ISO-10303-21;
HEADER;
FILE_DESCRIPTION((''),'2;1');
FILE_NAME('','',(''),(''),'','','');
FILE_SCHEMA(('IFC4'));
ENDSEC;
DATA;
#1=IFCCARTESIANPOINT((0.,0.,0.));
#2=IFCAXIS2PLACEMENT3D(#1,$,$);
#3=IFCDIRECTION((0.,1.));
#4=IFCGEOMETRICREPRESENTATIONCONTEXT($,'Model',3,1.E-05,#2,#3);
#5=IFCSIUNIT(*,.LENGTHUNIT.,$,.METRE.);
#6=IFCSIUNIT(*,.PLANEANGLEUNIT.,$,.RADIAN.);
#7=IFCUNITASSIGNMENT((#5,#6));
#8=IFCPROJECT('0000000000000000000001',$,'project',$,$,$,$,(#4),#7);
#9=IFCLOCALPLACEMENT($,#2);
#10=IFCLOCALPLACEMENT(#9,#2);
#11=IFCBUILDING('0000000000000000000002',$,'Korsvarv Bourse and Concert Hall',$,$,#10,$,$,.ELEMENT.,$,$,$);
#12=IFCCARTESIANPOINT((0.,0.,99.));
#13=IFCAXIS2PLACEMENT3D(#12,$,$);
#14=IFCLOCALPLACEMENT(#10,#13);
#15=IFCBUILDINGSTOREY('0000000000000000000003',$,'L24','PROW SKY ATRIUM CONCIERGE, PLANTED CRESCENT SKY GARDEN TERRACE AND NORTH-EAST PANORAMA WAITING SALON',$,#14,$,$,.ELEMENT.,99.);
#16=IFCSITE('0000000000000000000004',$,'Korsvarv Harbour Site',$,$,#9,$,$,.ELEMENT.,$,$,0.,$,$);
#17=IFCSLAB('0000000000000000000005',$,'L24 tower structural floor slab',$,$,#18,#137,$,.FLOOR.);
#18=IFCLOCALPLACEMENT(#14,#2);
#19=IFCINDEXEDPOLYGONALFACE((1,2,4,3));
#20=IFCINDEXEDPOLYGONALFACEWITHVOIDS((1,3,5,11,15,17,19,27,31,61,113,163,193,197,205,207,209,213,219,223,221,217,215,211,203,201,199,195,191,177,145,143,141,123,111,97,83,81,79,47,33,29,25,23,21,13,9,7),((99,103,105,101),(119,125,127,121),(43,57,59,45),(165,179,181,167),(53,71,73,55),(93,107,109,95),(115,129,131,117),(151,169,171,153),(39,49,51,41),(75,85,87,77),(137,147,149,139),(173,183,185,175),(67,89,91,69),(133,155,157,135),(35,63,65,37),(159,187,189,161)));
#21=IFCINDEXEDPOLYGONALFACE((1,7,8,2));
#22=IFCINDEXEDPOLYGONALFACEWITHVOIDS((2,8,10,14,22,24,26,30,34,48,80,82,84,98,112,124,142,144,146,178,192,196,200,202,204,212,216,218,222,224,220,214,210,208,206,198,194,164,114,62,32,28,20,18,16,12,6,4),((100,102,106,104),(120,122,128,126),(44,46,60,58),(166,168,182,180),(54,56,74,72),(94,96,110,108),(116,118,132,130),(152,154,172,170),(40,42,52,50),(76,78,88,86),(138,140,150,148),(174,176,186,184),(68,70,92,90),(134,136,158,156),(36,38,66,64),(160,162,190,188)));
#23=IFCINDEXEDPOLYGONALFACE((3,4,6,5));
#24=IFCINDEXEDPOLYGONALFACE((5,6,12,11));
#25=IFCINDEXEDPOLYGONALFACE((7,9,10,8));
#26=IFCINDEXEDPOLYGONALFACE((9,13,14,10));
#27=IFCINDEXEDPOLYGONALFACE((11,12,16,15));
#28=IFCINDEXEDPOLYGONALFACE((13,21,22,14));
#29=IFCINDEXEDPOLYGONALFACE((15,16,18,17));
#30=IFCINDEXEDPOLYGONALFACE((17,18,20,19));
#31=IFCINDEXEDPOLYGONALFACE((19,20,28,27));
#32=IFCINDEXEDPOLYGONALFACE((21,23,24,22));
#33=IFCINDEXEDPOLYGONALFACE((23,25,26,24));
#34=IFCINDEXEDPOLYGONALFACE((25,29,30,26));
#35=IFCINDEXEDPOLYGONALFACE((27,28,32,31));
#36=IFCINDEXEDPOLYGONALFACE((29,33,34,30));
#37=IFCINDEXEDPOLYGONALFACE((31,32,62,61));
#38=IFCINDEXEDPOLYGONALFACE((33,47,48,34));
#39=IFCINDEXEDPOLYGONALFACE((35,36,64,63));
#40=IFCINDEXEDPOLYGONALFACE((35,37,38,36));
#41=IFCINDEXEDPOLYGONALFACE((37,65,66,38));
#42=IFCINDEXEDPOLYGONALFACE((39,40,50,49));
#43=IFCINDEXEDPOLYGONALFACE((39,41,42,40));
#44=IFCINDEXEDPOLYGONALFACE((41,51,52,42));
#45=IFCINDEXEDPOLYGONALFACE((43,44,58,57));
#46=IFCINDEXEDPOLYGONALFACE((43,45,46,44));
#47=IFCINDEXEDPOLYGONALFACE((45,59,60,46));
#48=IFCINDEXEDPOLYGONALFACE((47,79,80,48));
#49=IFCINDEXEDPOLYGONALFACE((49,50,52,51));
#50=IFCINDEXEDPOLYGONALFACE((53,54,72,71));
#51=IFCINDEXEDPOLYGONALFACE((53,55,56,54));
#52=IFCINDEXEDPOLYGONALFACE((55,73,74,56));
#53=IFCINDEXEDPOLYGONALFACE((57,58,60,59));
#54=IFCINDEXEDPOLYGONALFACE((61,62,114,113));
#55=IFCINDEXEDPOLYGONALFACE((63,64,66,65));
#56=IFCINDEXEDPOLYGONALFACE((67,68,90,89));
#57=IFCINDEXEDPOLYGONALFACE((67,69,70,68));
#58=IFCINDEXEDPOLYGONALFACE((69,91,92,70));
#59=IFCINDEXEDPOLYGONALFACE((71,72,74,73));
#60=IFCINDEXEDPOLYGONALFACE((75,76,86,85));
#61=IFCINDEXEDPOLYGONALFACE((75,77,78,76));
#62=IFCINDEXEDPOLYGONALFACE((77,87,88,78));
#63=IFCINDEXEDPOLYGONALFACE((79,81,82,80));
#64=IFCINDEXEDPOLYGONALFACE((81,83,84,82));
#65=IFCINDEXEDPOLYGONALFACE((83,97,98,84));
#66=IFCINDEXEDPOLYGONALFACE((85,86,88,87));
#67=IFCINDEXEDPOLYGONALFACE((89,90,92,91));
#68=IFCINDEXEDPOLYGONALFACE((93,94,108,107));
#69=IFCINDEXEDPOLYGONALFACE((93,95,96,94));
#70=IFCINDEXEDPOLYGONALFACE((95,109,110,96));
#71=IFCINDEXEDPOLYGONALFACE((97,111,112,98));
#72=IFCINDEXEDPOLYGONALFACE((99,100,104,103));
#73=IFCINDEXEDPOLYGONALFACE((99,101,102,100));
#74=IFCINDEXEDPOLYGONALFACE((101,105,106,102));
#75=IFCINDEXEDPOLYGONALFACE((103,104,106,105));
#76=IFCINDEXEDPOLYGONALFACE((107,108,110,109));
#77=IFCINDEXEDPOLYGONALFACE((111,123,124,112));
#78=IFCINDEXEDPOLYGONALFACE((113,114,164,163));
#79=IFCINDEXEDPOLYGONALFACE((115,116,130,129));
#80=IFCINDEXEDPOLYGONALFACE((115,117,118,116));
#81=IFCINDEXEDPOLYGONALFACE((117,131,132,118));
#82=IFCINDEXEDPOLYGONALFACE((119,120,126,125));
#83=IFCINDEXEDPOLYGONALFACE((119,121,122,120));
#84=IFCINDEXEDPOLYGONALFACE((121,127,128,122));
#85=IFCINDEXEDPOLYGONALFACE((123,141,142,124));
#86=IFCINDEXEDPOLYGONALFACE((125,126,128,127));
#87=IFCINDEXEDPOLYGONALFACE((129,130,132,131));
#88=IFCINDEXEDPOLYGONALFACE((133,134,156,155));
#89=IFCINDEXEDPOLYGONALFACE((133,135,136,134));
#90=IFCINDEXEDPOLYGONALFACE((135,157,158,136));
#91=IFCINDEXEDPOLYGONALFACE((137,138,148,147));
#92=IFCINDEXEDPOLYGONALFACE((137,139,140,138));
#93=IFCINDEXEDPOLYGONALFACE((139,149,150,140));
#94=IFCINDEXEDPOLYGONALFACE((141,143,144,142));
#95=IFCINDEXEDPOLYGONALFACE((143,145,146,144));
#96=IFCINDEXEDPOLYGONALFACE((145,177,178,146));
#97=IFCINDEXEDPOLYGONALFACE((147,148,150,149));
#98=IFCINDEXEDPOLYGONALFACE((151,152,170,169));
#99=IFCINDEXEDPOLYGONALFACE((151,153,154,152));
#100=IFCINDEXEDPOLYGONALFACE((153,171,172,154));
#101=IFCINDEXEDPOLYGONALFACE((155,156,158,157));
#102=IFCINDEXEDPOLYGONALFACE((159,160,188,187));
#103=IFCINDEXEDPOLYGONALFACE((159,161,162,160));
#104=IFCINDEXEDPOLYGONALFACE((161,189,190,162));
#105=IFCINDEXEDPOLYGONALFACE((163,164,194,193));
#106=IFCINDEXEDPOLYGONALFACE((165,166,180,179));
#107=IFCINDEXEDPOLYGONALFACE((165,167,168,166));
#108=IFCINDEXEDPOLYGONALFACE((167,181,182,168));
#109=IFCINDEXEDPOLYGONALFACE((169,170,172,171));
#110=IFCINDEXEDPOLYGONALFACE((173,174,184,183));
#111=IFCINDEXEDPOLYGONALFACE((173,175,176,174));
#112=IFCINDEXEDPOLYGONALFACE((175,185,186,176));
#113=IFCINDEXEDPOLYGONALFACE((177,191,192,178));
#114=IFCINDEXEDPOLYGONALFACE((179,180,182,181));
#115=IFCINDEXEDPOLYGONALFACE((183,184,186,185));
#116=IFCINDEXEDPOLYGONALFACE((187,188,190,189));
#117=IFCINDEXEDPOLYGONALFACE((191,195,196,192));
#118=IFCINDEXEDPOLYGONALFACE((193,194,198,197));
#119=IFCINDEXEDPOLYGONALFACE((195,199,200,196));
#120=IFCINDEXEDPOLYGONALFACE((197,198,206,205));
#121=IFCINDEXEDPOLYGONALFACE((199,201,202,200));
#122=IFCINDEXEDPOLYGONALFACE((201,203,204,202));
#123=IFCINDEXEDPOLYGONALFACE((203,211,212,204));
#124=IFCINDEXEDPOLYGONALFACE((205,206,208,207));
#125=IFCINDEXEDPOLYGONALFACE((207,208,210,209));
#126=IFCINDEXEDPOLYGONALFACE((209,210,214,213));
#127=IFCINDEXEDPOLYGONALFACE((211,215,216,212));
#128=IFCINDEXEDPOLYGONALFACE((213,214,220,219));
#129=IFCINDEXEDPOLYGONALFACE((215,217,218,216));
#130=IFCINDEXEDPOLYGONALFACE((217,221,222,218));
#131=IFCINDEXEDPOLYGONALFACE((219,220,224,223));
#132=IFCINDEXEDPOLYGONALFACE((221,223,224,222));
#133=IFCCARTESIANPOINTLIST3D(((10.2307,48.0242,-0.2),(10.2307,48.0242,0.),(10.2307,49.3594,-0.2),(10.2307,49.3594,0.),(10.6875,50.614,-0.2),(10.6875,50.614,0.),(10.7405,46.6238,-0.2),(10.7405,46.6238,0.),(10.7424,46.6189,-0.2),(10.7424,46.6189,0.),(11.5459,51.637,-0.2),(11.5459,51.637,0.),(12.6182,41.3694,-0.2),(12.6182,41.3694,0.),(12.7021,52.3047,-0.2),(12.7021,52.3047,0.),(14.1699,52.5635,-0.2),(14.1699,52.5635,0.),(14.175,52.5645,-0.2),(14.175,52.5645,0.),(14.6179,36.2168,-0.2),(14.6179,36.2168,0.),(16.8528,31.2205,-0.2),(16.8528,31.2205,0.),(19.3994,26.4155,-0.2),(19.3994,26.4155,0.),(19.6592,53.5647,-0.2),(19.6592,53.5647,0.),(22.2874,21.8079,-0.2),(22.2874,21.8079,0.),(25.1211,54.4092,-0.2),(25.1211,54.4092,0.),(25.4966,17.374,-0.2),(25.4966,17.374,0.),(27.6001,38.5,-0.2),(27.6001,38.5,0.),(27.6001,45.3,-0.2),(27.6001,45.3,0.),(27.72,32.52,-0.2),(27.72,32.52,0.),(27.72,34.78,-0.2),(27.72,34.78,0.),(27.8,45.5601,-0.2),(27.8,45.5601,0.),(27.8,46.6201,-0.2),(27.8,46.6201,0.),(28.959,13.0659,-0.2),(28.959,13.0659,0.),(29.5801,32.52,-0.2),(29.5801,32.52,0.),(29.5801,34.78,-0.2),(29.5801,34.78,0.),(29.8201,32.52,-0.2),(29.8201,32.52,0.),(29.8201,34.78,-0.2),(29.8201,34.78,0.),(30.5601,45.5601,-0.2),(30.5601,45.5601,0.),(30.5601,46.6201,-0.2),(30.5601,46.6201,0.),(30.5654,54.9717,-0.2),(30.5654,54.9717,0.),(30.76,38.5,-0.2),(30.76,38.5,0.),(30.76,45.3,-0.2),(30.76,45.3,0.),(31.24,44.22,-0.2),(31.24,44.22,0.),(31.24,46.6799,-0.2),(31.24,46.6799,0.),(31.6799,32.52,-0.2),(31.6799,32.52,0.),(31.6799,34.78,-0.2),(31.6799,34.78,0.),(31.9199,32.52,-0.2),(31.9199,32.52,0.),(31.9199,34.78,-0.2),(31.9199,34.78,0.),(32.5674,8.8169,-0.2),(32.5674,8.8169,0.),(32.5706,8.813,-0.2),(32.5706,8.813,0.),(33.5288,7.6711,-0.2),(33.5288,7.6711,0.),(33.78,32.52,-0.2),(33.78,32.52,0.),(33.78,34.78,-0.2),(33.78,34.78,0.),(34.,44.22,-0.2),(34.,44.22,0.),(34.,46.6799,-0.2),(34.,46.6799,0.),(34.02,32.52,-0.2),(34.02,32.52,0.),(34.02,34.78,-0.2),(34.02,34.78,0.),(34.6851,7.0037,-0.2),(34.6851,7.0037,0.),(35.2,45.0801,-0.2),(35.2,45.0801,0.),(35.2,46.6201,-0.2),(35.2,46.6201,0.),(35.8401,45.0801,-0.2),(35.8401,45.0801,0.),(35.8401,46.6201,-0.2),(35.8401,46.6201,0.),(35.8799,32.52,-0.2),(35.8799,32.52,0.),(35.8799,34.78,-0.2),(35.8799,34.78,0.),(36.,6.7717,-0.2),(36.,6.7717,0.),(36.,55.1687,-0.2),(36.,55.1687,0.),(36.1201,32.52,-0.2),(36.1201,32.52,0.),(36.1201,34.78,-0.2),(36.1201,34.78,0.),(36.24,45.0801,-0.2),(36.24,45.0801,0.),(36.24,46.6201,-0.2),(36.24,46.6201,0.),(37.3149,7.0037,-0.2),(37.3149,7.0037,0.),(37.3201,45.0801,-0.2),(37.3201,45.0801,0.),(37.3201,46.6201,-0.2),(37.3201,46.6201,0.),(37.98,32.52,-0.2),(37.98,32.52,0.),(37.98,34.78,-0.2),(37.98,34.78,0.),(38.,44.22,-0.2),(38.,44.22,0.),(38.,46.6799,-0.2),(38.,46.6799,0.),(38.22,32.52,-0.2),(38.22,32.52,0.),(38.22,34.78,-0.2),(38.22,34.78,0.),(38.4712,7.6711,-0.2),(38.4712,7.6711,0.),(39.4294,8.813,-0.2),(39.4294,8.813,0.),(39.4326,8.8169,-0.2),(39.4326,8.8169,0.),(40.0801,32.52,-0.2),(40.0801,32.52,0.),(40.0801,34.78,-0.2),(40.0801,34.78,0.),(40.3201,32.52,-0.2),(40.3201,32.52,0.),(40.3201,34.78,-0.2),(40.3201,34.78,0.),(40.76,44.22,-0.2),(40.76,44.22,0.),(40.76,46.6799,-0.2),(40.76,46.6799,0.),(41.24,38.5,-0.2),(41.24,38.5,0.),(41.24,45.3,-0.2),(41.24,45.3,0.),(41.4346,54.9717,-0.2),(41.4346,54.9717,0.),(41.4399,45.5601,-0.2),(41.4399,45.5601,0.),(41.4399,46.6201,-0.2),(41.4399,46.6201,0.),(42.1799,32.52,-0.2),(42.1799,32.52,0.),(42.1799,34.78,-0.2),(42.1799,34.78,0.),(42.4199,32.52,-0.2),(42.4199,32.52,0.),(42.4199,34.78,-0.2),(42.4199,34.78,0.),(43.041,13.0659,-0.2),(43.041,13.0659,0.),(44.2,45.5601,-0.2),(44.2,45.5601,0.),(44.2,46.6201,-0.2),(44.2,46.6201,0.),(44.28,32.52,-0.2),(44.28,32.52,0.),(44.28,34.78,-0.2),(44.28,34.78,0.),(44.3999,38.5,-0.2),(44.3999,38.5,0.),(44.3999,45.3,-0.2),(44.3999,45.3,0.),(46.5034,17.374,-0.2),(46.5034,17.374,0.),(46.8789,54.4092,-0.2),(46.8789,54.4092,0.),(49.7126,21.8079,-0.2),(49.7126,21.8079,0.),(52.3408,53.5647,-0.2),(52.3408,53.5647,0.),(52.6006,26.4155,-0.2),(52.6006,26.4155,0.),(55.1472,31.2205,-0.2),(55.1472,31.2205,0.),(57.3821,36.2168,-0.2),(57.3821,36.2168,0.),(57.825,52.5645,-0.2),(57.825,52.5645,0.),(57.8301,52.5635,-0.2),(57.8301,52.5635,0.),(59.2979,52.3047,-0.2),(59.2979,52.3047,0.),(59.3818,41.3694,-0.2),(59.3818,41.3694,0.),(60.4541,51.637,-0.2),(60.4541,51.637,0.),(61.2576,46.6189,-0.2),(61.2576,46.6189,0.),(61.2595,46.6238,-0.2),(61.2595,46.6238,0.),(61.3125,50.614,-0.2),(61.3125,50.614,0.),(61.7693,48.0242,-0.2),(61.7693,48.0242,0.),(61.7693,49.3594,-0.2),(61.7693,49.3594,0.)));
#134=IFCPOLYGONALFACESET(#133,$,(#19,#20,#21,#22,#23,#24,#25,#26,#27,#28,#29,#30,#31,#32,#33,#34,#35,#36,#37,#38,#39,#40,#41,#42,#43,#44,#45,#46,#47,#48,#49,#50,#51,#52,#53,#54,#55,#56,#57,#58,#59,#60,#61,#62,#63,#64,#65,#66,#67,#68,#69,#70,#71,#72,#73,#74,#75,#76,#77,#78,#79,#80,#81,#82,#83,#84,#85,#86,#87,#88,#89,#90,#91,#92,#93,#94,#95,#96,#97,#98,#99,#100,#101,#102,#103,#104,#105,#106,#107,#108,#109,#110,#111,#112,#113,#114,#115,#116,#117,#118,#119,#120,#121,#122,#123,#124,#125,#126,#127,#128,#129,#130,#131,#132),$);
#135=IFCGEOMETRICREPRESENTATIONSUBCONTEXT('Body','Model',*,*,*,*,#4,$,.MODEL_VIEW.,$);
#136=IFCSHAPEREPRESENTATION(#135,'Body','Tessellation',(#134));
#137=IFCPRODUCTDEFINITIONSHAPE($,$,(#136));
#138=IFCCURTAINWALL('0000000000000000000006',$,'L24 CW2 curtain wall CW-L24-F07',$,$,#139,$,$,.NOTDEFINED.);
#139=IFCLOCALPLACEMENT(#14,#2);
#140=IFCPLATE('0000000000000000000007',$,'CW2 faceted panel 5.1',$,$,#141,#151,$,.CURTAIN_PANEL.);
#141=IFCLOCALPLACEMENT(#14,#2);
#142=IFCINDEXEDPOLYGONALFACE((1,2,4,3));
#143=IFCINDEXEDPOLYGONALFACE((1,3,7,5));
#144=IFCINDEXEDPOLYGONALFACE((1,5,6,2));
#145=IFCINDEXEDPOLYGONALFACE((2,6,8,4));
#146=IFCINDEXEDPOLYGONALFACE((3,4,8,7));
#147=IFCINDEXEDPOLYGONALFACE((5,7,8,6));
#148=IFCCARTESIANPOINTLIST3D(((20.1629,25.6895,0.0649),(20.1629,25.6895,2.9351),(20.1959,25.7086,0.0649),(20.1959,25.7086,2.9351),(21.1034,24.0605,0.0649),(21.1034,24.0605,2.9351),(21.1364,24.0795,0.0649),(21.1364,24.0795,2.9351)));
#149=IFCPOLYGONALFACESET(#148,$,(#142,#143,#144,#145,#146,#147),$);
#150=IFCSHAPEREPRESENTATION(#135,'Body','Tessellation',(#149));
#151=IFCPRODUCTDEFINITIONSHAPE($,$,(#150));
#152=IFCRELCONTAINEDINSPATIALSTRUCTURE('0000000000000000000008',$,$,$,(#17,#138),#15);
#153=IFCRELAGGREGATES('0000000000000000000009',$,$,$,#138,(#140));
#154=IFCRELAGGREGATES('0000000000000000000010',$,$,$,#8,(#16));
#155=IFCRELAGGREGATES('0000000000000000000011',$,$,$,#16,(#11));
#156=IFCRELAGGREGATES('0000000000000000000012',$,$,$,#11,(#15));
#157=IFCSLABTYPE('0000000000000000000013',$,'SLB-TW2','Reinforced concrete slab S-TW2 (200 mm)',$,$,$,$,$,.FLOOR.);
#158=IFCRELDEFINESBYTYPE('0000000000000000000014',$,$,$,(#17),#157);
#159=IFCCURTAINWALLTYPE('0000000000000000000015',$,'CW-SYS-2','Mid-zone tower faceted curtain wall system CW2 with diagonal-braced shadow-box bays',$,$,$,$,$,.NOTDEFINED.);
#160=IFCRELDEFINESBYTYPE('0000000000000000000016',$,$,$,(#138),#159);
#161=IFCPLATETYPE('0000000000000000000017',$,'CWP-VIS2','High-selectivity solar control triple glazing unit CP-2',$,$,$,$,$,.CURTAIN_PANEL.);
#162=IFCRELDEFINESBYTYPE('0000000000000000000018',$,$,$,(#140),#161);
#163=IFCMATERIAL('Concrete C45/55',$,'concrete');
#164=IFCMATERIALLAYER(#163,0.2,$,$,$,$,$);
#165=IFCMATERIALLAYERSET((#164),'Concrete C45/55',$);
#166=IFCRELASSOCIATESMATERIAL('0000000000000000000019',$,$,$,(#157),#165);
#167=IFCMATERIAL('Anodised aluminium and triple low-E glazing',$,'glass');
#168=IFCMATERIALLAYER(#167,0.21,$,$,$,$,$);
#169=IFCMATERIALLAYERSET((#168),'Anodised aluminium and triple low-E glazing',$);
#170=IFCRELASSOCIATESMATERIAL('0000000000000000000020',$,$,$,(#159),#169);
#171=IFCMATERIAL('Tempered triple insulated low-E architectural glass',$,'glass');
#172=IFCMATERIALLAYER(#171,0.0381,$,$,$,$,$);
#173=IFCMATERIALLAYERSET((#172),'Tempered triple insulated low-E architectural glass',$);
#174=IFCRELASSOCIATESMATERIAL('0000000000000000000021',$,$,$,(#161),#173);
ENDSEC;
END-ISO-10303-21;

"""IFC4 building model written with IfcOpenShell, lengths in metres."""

from ifc_helpers import new_model, si_unit, direction, frame, origin, origin_2d, place, context, subcontext, project, spatial, polyline, rectangle, outline, extrude, source, transform, mapped, material, layer, layer_set, type_object, element, aggregate, save


model = new_model("IFC4")

# Units and contexts
model_context = context("Model", 3, precision=1e-05, world=origin(), true_north=direction((0.0, 1.0)))
body_context = subcontext(model_context, "Body", "Model", "MODEL_VIEW")
ifc_project = project(units=[si_unit("LENGTHUNIT", "METRE"), si_unit("PLANEANGLEUNIT", "RADIAN")], contexts=[model_context])

# Site, building, storey
site_placement = place(None, origin())
site = spatial("IfcSite", under=ifc_project, at=site_placement, Name="Korsvarv Harbour Site", CompositionType="ELEMENT", RefElevation=0.0)
building_placement = place(site_placement, origin())
building = spatial("IfcBuilding", under=site, at=building_placement, Name="Korsvarv Bourse and Concert Hall", CompositionType="ELEMENT")
storey_placement = place(building_placement, frame((0.0, 0.0, 99.0)))
storey = spatial("IfcBuildingStorey", under=building, at=storey_placement, Name="L24", Description="PROW SKY ATRIUM CONCIERGE, PLANTED CRESCENT SKY GARDEN TERRACE AND NORTH-EAST PANORAMA WAITING SALON", CompositionType="ELEMENT", Elevation=99.0)

# Shared definitions
ifc_material_1 = material(Name="Concrete C45/55", Category="concrete")

# Slab
ifc_layer_1 = layer(ifc_material_1, 0.2)
ifc_layer_set_1 = layer_set([ifc_layer_1], Name="Concrete C45/55")
slab_type_1 = type_object("IfcSlabType", Name="SLB-TW2", Description="Reinforced concrete slab S-TW2 (200 mm)", PredefinedType="FLOOR", material=ifc_layer_set_1)
slab_1_placement = place(storey_placement, frame((0.0, 0.0, -0.2)))
element("IfcSlab", 1, at=slab_1_placement, inside=storey, type_object=slab_type_1, Name="L24 tower structural floor slab", PredefinedType="FLOOR", context=body_context, shape_type="SweptSolid", body=[
    extrude(outline(polyline([(61.2576, 46.6189), (59.3818, 41.3694), (57.3821, 36.2168), (55.1472, 31.2205), (52.6006, 26.4155), (49.7126, 21.8079), (46.5034, 17.374), (43.041, 13.0659), (39.4326, 8.8169), (39.4294, 8.813), (38.4712, 7.6711), (37.3149, 7.0037), (36.0, 6.7717), (34.6851, 7.0037), (33.5288, 7.6711), (32.5706, 8.813), (32.5674, 8.8169), (28.959, 13.0659), (25.4966, 17.374), (22.2874, 21.8079), (19.3994, 26.4155), (16.8528, 31.2205), (14.6179, 36.2168), (12.6182, 41.3694), (10.7424, 46.6189), (10.7405, 46.6238), (10.2307, 48.0242), (10.2307, 49.3594), (10.6875, 50.614), (11.5459, 51.637), (12.7021, 52.3047), (14.1699, 52.5635), (14.175, 52.5645), (19.6592, 53.5647), (25.1211, 54.4092), (30.5654, 54.9717), (36.0, 55.1687), (41.4346, 54.9717), (46.8789, 54.4092), (52.3408, 53.5647), (57.825, 52.5645), (57.8301, 52.5635), (59.2979, 52.3047), (60.4541, 51.637), (61.3125, 50.614), (61.7693, 49.3594), (61.7693, 48.0242), (61.2595, 46.6238), (61.2576, 46.6189)]), holes=[polyline([(30.76, 38.5), (30.76, 45.3), (27.6001, 45.3), (27.6001, 38.5), (30.76, 38.5)]), polyline([(44.3999, 38.5), (44.3999, 45.3), (41.24, 45.3), (41.24, 38.5), (44.3999, 38.5)]), polyline([(31.24, 44.22), (34.0, 44.22), (34.0, 46.6799), (31.24, 46.6799), (31.24, 44.22)]), polyline([(38.0, 44.22), (40.76, 44.22), (40.76, 46.6799), (38.0, 46.6799), (38.0, 44.22)]), polyline([(27.72, 32.52), (29.5801, 32.52), (29.5801, 34.78), (27.72, 34.78), (27.72, 32.52)]), polyline([(29.8201, 32.52), (31.6799, 32.52), (31.6799, 34.78), (29.8201, 34.78), (29.8201, 32.52)]), polyline([(31.9199, 32.52), (33.78, 32.52), (33.78, 34.78), (31.9199, 34.78), (31.9199, 32.52)]), polyline([(34.02, 32.52), (35.8799, 32.52), (35.8799, 34.78), (34.02, 34.78), (34.02, 32.52)]), polyline([(36.1201, 32.52), (37.98, 32.52), (37.98, 34.78), (36.1201, 34.78), (36.1201, 32.52)]), polyline([(38.22, 32.52), (40.0801, 32.52), (40.0801, 34.78), (38.22, 34.78), (38.22, 32.52)]), polyline([(40.3201, 32.52), (42.1799, 32.52), (42.1799, 34.78), (40.3201, 34.78), (40.3201, 32.52)]), polyline([(42.4199, 32.52), (44.28, 32.52), (44.28, 34.78), (42.4199, 34.78), (42.4199, 32.52)]), polyline([(27.8, 45.5601), (30.5601, 45.5601), (30.5601, 46.6201), (27.8, 46.6201), (27.8, 45.5601)]), polyline([(41.4399, 45.5601), (44.2, 45.5601), (44.2, 46.6201), (41.4399, 46.6201), (41.4399, 45.5601)]), polyline([(35.2, 45.0801), (35.8401, 45.0801), (35.8401, 46.6201), (35.2, 46.6201), (35.2, 45.0801)]), polyline([(36.24, 45.0801), (37.3201, 45.0801), (37.3201, 46.6201), (36.24, 46.6201), (36.24, 45.0801)])]), origin(), (0.0, 0.0, 1.0), 0.2),
])

# Curtain wall, plate
ifc_material_2 = material(Name="Anodised aluminium and triple low-E glazing", Category="glass")
ifc_layer_2 = layer(ifc_material_2, 0.21)
ifc_layer_set_2 = layer_set([ifc_layer_2], Name="Anodised aluminium and triple low-E glazing")
curtain_wall_type = type_object("IfcCurtainWallType", Name="CW-SYS-2", Description="Mid-zone tower faceted curtain wall system CW2 with diagonal-braced shadow-box bays", PredefinedType="NOTDEFINED", material=ifc_layer_set_2)
curtain_wall_placement = place(storey_placement, origin())
curtain_wall = element("IfcCurtainWall", 2, at=curtain_wall_placement, inside=storey, type_object=curtain_wall_type, Name="L24 CW2 curtain wall CW-L24-F07", PredefinedType="NOTDEFINED")
ifc_material_3 = material(Name="Tempered triple insulated low-E architectural glass", Category="glass")
ifc_layer_3 = layer(ifc_material_3, 0.0381)
ifc_layer_set_3 = layer_set([ifc_layer_3], Name="Tempered triple insulated low-E architectural glass")
plate_type = type_object("IfcPlateType", Name="CWP-VIS2", Description="High-selectivity solar control triple glazing unit CP-2", PredefinedType="CURTAIN_PANEL", material=ifc_layer_set_3)
shared_shape = source(origin(), body_context, "Body", "SweptSolid", [
    extrude(rectangle(XDim=1.8811, YDim=0.0381, at=origin_2d()), origin(), (0.0, 0.0, 1.0), 2.8701),
])
plate_placement = place(storey_placement, frame((20.6497, 24.8845, 0.0649), z_axis=(0.0, 0.0, 1.0), x_axis=(0.500002, -0.866024, 0.0)))
plate = element("IfcPlate", 3, at=plate_placement, type_object=plate_type, Name="CW2 faceted panel 5.1", PredefinedType="CURTAIN_PANEL", context=body_context, shape_type="MappedRepresentation", body=[
    mapped(shared_shape, transform((0.0, 0.0, 0.0), scale=1.0)),
])
aggregate(curtain_wall, [plate])

save(model, "model.ifc")
